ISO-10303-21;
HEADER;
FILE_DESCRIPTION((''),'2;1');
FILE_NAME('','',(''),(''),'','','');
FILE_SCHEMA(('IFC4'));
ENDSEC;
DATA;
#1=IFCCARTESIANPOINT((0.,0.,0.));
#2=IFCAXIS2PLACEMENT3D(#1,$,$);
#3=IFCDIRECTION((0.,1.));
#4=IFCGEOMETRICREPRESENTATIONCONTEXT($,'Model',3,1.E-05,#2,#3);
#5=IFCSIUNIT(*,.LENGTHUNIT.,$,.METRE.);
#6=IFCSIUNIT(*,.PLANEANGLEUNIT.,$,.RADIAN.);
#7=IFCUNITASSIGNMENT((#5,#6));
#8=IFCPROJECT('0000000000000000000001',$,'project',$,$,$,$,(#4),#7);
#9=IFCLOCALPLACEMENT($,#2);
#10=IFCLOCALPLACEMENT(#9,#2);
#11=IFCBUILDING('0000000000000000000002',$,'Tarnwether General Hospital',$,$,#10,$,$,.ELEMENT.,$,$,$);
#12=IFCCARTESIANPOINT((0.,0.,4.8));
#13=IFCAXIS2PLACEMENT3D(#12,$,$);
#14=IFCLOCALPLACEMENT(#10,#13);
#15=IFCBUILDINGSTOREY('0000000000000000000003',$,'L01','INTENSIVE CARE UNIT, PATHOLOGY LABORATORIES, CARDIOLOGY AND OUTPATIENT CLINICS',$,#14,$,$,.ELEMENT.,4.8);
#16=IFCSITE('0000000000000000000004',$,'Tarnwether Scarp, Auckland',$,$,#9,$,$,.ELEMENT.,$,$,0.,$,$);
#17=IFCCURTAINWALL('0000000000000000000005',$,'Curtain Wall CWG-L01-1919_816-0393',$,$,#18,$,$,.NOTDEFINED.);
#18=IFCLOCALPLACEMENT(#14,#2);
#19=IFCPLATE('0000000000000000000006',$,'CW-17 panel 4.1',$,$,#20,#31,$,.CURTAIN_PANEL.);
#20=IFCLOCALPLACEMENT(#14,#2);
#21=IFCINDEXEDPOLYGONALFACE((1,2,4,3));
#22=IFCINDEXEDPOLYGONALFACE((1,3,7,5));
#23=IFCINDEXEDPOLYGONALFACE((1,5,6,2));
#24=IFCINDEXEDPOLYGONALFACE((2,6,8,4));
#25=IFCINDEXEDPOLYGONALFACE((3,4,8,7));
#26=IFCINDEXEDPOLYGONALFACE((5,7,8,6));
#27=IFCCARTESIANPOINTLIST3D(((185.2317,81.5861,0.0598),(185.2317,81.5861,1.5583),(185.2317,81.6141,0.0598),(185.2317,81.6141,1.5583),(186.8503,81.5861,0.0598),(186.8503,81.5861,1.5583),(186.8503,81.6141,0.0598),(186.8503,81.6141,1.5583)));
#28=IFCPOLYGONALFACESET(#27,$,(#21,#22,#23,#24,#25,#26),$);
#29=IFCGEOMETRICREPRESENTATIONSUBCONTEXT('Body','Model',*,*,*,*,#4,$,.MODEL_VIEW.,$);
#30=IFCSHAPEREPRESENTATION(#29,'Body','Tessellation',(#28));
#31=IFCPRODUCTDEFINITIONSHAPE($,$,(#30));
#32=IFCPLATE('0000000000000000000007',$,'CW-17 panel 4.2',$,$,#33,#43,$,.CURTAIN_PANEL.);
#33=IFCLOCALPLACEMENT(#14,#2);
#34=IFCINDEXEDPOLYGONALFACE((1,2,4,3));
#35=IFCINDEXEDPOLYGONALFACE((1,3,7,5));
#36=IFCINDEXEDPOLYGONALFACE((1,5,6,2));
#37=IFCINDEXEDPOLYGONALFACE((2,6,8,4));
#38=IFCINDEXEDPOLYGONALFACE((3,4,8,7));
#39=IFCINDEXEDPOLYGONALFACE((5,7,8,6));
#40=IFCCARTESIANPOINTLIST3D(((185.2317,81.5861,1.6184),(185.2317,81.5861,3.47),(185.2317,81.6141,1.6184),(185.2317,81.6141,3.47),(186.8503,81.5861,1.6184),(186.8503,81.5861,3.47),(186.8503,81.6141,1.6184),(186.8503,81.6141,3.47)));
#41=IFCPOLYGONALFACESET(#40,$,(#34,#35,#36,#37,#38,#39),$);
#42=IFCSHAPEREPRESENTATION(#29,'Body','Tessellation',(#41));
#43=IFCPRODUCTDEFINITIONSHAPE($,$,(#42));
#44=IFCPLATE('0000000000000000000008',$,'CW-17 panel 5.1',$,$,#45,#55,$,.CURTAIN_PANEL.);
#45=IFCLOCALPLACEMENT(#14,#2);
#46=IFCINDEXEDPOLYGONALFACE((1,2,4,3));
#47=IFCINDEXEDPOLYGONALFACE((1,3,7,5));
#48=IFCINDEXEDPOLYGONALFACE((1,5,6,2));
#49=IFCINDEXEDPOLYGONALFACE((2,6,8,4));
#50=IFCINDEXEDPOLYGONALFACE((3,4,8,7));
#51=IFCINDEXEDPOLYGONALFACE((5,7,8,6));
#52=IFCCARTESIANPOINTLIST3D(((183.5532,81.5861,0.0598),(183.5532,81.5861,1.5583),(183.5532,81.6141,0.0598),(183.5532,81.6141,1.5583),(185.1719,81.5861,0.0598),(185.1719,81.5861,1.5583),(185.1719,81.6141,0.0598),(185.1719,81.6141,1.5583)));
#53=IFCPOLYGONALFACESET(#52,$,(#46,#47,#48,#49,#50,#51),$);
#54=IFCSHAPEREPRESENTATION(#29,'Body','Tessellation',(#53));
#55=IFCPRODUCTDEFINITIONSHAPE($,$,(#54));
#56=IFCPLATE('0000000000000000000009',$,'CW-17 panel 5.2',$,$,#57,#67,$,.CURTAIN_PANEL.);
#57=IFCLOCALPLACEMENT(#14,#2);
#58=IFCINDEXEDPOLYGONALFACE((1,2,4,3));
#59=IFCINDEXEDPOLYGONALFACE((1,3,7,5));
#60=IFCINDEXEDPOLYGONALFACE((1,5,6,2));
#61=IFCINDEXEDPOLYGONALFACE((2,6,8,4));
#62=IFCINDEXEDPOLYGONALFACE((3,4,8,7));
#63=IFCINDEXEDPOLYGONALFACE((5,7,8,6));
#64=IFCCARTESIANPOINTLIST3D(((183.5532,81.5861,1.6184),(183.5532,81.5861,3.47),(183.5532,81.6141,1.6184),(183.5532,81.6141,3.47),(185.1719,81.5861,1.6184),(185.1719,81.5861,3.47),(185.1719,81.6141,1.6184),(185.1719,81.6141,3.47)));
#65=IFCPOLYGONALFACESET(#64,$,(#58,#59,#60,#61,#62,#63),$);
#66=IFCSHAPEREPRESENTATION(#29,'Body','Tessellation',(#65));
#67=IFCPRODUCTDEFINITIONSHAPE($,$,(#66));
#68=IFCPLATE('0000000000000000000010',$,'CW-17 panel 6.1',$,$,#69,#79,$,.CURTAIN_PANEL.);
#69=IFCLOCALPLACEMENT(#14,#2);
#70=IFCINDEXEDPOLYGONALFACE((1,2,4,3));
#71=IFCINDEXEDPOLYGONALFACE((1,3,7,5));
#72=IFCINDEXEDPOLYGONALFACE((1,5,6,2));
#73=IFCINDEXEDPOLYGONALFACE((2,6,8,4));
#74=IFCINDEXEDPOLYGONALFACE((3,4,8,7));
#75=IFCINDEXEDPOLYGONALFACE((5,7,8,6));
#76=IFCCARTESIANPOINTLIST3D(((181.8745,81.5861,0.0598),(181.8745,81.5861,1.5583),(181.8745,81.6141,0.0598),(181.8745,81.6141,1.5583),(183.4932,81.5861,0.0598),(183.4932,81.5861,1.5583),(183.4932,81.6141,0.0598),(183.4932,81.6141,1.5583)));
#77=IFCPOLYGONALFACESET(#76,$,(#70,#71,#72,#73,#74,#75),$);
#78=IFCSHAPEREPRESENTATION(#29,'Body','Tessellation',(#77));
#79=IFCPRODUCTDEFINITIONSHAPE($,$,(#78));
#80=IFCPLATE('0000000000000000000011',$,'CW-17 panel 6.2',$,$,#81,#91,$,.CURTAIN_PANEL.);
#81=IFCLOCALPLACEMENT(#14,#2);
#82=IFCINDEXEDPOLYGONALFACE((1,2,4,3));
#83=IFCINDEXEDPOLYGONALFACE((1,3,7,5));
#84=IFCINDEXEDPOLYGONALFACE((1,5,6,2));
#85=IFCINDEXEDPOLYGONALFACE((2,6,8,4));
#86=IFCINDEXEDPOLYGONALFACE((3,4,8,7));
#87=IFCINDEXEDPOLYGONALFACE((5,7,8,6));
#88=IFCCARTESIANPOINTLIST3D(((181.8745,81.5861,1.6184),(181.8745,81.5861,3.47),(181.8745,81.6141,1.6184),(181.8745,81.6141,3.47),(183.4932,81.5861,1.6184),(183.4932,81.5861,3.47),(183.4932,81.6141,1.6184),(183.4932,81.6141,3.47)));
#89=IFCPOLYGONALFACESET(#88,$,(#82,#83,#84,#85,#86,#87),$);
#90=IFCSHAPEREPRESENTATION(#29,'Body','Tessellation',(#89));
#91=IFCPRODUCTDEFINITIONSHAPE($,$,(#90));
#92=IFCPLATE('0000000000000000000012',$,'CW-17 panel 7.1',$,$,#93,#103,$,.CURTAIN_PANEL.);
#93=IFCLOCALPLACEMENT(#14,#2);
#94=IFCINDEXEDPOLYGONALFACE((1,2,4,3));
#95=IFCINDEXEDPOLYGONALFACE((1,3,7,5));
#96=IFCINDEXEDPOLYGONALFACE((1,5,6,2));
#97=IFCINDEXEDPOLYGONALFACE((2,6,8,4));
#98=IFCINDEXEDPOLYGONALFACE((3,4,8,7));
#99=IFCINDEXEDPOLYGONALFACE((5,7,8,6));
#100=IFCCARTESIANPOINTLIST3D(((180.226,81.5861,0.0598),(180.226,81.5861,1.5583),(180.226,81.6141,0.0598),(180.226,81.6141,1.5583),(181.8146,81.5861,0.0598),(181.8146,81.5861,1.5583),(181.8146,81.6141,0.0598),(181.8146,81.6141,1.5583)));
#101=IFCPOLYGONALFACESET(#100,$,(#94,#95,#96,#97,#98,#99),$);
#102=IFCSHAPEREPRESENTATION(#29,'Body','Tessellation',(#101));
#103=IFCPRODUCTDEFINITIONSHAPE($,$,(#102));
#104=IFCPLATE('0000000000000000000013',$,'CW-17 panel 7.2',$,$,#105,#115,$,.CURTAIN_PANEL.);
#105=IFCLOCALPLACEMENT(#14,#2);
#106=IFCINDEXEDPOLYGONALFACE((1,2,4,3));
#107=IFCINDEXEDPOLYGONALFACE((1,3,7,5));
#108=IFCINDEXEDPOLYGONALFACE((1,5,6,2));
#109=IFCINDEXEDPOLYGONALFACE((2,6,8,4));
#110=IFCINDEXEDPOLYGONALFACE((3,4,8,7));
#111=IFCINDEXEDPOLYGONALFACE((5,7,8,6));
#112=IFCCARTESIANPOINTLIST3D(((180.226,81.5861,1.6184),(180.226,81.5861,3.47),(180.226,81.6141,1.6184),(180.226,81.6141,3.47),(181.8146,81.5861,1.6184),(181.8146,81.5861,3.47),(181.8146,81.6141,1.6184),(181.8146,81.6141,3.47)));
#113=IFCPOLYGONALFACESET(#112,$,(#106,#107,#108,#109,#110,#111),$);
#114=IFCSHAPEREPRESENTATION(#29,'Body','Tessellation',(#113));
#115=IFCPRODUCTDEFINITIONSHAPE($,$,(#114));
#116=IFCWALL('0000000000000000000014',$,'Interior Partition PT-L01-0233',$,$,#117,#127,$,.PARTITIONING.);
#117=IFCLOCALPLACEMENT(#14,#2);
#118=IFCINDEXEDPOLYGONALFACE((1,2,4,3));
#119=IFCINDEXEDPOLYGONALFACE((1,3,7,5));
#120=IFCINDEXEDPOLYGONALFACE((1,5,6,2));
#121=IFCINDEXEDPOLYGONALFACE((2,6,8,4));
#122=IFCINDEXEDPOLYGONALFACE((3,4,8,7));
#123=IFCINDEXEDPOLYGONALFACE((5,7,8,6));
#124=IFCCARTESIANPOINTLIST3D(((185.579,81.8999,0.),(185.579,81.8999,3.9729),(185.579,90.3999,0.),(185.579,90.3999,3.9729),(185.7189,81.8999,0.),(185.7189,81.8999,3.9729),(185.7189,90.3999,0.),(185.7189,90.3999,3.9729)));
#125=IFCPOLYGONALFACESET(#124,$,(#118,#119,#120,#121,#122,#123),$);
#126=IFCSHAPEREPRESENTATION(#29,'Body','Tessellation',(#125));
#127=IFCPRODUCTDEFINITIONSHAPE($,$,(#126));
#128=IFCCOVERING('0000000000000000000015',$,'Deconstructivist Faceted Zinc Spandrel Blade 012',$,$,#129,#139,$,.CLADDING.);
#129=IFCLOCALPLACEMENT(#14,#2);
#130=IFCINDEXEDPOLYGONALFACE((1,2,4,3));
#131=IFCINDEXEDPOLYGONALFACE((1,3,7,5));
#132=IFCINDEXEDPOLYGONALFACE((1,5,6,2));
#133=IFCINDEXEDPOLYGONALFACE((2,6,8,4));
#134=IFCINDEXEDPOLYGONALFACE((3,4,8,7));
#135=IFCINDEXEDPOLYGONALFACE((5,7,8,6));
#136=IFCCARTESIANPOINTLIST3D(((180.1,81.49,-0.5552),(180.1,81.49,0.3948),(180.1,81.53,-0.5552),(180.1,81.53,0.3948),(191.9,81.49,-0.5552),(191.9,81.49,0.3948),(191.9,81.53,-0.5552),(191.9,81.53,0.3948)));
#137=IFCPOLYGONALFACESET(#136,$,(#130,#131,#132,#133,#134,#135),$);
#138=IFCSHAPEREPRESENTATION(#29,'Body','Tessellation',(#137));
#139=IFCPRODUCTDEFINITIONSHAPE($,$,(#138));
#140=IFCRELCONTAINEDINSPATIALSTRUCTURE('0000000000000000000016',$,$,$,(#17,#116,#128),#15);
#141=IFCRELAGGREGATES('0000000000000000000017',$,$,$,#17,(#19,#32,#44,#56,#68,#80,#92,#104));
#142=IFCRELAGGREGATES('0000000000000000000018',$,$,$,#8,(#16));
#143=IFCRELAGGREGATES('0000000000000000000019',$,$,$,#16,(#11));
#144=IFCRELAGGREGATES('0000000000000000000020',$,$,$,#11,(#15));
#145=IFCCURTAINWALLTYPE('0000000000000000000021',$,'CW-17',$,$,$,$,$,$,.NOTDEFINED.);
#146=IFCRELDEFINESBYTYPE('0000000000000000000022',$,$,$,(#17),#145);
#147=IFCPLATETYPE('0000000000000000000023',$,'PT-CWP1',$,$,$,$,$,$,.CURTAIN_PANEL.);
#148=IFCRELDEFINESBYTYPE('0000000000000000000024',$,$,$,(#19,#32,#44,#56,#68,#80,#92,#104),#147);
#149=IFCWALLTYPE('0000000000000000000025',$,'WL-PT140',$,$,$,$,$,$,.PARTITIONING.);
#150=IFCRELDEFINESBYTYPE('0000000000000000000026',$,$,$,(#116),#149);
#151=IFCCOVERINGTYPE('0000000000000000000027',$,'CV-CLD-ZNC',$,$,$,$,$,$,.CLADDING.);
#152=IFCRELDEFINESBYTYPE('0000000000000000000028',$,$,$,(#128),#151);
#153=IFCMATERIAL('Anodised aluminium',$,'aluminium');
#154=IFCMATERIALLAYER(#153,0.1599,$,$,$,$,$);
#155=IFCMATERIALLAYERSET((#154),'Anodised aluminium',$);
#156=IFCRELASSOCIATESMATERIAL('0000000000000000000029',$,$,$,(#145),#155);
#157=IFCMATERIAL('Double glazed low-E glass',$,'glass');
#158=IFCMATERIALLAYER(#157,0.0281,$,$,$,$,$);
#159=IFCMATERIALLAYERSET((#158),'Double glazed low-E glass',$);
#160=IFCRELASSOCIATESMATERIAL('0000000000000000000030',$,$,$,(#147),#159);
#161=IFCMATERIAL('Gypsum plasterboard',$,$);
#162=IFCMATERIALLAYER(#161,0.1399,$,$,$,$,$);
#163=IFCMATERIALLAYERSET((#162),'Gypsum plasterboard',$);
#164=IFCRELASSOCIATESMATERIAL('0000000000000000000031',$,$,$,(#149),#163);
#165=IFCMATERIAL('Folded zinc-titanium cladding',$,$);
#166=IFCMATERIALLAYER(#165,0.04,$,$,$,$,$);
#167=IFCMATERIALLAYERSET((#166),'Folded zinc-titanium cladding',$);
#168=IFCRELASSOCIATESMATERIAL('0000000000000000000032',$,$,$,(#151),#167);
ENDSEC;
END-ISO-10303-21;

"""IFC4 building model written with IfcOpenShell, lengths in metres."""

from ifc_helpers import new_model, si_unit, direction, frame, frame_2d, origin, origin_2d, place, context, subcontext, project, spatial, rectangle, extrude, material, layer, layer_set, type_object, element, aggregate, save


model = new_model("IFC4")

# Units and contexts
model_context = context("Model", 3, precision=1e-05, world=origin(), true_north=direction((0.0, 1.0)))
body_context = subcontext(model_context, "Body", "Model", "MODEL_VIEW")
ifc_project = project(units=[si_unit("LENGTHUNIT", "METRE"), si_unit("PLANEANGLEUNIT", "RADIAN")], contexts=[model_context])

# Site, building, storey
site_placement = place(None, origin())
site = spatial("IfcSite", under=ifc_project, at=site_placement, Name="Tarnwether Scarp, Auckland", CompositionType="ELEMENT", RefElevation=0.0)
building_placement = place(site_placement, origin())
building = spatial("IfcBuilding", under=site, at=building_placement, Name="Tarnwether General Hospital", CompositionType="ELEMENT")
storey_placement = place(building_placement, frame((0.0, 0.0, 4.8)))
storey = spatial("IfcBuildingStorey", under=building, at=storey_placement, Name="L01", Description="INTENSIVE CARE UNIT, PATHOLOGY LABORATORIES, CARDIOLOGY AND OUTPATIENT CLINICS", CompositionType="ELEMENT", Elevation=4.8)

# Curtain wall, plates
ifc_material_1 = material(Name="Anodised aluminium", Category="aluminium")
ifc_layer_1 = layer(ifc_material_1, 0.1599)
ifc_layer_set_1 = layer_set([ifc_layer_1], Name="Anodised aluminium")
curtain_wall_type = type_object("IfcCurtainWallType", Name="CW-17", PredefinedType="NOTDEFINED", material=ifc_layer_set_1)
curtain_wall_placement = place(storey_placement, origin())
curtain_wall = element("IfcCurtainWall", 1, at=curtain_wall_placement, inside=storey, type_object=curtain_wall_type, Name="Curtain Wall CWG-L01-1919_816-0393", PredefinedType="NOTDEFINED")
ifc_material_2 = material(Name="Double glazed low-E glass", Category="glass")
ifc_layer_2 = layer(ifc_material_2, 0.0281)
ifc_layer_set_2 = layer_set([ifc_layer_2], Name="Double glazed low-E glass")
plate_type = type_object("IfcPlateType", Name="PT-CWP1", PredefinedType="CURTAIN_PANEL", material=ifc_layer_set_2)
plate_1_placement = place(storey_placement, frame((186.041, 81.6001, 0.0598), z_axis=(0.0, 0.0, 1.0), x_axis=(-1.0, 0.0, 0.0)))
plate_1 = element("IfcPlate", 2, at=plate_1_placement, type_object=plate_type, Name="CW-17 panel 4.1", PredefinedType="CURTAIN_PANEL", context=body_context, shape_type="SweptSolid", body=[
    extrude(rectangle(XDim=1.6187, YDim=0.0281, at=origin_2d()), origin(), (0.0, 0.0, 1.0), 1.4985),
])
plate_2_placement = place(storey_placement, frame((186.041, 81.6001, 1.6184), z_axis=(0.0, 0.0, 1.0), x_axis=(-1.0, 0.0, 0.0)))
plate_2 = element("IfcPlate", 3, at=plate_2_placement, type_object=plate_type, Name="CW-17 panel 4.2", PredefinedType="CURTAIN_PANEL", context=body_context, shape_type="SweptSolid", body=[
    extrude(rectangle(XDim=1.6187, YDim=0.0281, at=origin_2d()), origin(), (0.0, 0.0, 1.0), 1.8516),
])
plate_3_placement = place(storey_placement, frame((184.3625, 81.6001, 0.0598), z_axis=(0.0, 0.0, 1.0), x_axis=(-1.0, 0.0, 0.0)))
plate_3 = element("IfcPlate", 4, at=plate_3_placement, type_object=plate_type, Name="CW-17 panel 5.1", PredefinedType="CURTAIN_PANEL", context=body_context, shape_type="SweptSolid", body=[
    extrude(rectangle(XDim=1.6187, YDim=0.0281, at=origin_2d()), origin(), (0.0, 0.0, 1.0), 1.4985),
])
plate_4_placement = place(storey_placement, frame((184.3625, 81.6001, 1.6184), z_axis=(0.0, 0.0, 1.0), x_axis=(-1.0, 0.0, 0.0)))
plate_4 = element("IfcPlate", 5, at=plate_4_placement, type_object=plate_type, Name="CW-17 panel 5.2", PredefinedType="CURTAIN_PANEL", context=body_context, shape_type="SweptSolid", body=[
    extrude(rectangle(XDim=1.6187, YDim=0.0281, at=origin_2d()), origin(), (0.0, 0.0, 1.0), 1.8516),
])
plate_5_placement = place(storey_placement, frame((182.6838, 81.6001, 0.0598), z_axis=(0.0, 0.0, 1.0), x_axis=(-1.0, 0.0, 0.0)))
plate_5 = element("IfcPlate", 6, at=plate_5_placement, type_object=plate_type, Name="CW-17 panel 6.1", PredefinedType="CURTAIN_PANEL", context=body_context, shape_type="SweptSolid", body=[
    extrude(rectangle(XDim=1.6187, YDim=0.0281, at=origin_2d()), origin(), (0.0, 0.0, 1.0), 1.4985),
])
plate_6_placement = place(storey_placement, frame((182.6838, 81.6001, 1.6184), z_axis=(0.0, 0.0, 1.0), x_axis=(-1.0, 0.0, 0.0)))
plate_6 = element("IfcPlate", 7, at=plate_6_placement, type_object=plate_type, Name="CW-17 panel 6.2", PredefinedType="CURTAIN_PANEL", context=body_context, shape_type="SweptSolid", body=[
    extrude(rectangle(XDim=1.6187, YDim=0.0281, at=origin_2d()), origin(), (0.0, 0.0, 1.0), 1.8516),
])
plate_7_placement = place(storey_placement, frame((181.0203, 81.6001, 0.0598), z_axis=(0.0, 0.0, 1.0), x_axis=(-1.0, 0.0, 0.0)))
plate_7 = element("IfcPlate", 8, at=plate_7_placement, type_object=plate_type, Name="CW-17 panel 7.1", PredefinedType="CURTAIN_PANEL", context=body_context, shape_type="SweptSolid", body=[
    extrude(rectangle(XDim=1.5886, YDim=0.0281, at=origin_2d()), origin(), (0.0, 0.0, 1.0), 1.4985),
])
plate_8_placement = place(storey_placement, frame((181.0203, 81.6001, 1.6184), z_axis=(0.0, 0.0, 1.0), x_axis=(-1.0, 0.0, 0.0)))
plate_8 = element("IfcPlate", 9, at=plate_8_placement, type_object=plate_type, Name="CW-17 panel 7.2", PredefinedType="CURTAIN_PANEL", context=body_context, shape_type="SweptSolid", body=[
    extrude(rectangle(XDim=1.5886, YDim=0.0281, at=origin_2d()), origin(), (0.0, 0.0, 1.0), 1.8516),
])
aggregate(curtain_wall, [plate_1, plate_2, plate_3, plate_4, plate_5, plate_6, plate_7, plate_8])

# Wall
ifc_material_3 = material(Name="Gypsum plasterboard")
ifc_layer_3 = layer(ifc_material_3, 0.1399)
ifc_layer_set_3 = layer_set([ifc_layer_3], Name="Gypsum plasterboard")
wall_type = type_object("IfcWallType", Name="WL-PT140", PredefinedType="PARTITIONING", material=ifc_layer_set_3)
wall_placement = place(storey_placement, frame((185.6489, 81.8999, 0.0), z_axis=(0.0, 0.0, 1.0), x_axis=(0.0, 1.0, 0.0)))
element("IfcWall", 10, at=wall_placement, inside=storey, type_object=wall_type, Name="Interior Partition PT-L01-0233", PredefinedType="PARTITIONING", context=body_context, shape_type="SweptSolid", body=[
    extrude(rectangle(XDim=8.5, YDim=0.1399, at=frame_2d((4.25, 0.0))), origin(), (0.0, 0.0, 1.0), 3.9729),
])

# Covering
ifc_material_4 = material(Name="Folded zinc-titanium cladding")
ifc_layer_4 = layer(ifc_material_4, 0.04)
ifc_layer_set_4 = layer_set([ifc_layer_4], Name="Folded zinc-titanium cladding")
covering_type = type_object("IfcCoveringType", Name="CV-CLD-ZNC", PredefinedType="CLADDING", material=ifc_layer_set_4)
covering_placement = place(storey_placement, frame((186.0, 81.51, -0.5552), z_axis=(0.0, 0.0, 1.0), x_axis=(1.0, 0.0, 0.0)))
element("IfcCovering", 11, at=covering_placement, inside=storey, type_object=covering_type, Name="Deconstructivist Faceted Zinc Spandrel Blade 012", PredefinedType="CLADDING", context=body_context, shape_type="SweptSolid", body=[
    extrude(rectangle(XDim=11.8, YDim=0.04, at=origin_2d()), origin(), (0.0, 0.0, 1.0), 0.95),
])

save(model, "model.ifc")
